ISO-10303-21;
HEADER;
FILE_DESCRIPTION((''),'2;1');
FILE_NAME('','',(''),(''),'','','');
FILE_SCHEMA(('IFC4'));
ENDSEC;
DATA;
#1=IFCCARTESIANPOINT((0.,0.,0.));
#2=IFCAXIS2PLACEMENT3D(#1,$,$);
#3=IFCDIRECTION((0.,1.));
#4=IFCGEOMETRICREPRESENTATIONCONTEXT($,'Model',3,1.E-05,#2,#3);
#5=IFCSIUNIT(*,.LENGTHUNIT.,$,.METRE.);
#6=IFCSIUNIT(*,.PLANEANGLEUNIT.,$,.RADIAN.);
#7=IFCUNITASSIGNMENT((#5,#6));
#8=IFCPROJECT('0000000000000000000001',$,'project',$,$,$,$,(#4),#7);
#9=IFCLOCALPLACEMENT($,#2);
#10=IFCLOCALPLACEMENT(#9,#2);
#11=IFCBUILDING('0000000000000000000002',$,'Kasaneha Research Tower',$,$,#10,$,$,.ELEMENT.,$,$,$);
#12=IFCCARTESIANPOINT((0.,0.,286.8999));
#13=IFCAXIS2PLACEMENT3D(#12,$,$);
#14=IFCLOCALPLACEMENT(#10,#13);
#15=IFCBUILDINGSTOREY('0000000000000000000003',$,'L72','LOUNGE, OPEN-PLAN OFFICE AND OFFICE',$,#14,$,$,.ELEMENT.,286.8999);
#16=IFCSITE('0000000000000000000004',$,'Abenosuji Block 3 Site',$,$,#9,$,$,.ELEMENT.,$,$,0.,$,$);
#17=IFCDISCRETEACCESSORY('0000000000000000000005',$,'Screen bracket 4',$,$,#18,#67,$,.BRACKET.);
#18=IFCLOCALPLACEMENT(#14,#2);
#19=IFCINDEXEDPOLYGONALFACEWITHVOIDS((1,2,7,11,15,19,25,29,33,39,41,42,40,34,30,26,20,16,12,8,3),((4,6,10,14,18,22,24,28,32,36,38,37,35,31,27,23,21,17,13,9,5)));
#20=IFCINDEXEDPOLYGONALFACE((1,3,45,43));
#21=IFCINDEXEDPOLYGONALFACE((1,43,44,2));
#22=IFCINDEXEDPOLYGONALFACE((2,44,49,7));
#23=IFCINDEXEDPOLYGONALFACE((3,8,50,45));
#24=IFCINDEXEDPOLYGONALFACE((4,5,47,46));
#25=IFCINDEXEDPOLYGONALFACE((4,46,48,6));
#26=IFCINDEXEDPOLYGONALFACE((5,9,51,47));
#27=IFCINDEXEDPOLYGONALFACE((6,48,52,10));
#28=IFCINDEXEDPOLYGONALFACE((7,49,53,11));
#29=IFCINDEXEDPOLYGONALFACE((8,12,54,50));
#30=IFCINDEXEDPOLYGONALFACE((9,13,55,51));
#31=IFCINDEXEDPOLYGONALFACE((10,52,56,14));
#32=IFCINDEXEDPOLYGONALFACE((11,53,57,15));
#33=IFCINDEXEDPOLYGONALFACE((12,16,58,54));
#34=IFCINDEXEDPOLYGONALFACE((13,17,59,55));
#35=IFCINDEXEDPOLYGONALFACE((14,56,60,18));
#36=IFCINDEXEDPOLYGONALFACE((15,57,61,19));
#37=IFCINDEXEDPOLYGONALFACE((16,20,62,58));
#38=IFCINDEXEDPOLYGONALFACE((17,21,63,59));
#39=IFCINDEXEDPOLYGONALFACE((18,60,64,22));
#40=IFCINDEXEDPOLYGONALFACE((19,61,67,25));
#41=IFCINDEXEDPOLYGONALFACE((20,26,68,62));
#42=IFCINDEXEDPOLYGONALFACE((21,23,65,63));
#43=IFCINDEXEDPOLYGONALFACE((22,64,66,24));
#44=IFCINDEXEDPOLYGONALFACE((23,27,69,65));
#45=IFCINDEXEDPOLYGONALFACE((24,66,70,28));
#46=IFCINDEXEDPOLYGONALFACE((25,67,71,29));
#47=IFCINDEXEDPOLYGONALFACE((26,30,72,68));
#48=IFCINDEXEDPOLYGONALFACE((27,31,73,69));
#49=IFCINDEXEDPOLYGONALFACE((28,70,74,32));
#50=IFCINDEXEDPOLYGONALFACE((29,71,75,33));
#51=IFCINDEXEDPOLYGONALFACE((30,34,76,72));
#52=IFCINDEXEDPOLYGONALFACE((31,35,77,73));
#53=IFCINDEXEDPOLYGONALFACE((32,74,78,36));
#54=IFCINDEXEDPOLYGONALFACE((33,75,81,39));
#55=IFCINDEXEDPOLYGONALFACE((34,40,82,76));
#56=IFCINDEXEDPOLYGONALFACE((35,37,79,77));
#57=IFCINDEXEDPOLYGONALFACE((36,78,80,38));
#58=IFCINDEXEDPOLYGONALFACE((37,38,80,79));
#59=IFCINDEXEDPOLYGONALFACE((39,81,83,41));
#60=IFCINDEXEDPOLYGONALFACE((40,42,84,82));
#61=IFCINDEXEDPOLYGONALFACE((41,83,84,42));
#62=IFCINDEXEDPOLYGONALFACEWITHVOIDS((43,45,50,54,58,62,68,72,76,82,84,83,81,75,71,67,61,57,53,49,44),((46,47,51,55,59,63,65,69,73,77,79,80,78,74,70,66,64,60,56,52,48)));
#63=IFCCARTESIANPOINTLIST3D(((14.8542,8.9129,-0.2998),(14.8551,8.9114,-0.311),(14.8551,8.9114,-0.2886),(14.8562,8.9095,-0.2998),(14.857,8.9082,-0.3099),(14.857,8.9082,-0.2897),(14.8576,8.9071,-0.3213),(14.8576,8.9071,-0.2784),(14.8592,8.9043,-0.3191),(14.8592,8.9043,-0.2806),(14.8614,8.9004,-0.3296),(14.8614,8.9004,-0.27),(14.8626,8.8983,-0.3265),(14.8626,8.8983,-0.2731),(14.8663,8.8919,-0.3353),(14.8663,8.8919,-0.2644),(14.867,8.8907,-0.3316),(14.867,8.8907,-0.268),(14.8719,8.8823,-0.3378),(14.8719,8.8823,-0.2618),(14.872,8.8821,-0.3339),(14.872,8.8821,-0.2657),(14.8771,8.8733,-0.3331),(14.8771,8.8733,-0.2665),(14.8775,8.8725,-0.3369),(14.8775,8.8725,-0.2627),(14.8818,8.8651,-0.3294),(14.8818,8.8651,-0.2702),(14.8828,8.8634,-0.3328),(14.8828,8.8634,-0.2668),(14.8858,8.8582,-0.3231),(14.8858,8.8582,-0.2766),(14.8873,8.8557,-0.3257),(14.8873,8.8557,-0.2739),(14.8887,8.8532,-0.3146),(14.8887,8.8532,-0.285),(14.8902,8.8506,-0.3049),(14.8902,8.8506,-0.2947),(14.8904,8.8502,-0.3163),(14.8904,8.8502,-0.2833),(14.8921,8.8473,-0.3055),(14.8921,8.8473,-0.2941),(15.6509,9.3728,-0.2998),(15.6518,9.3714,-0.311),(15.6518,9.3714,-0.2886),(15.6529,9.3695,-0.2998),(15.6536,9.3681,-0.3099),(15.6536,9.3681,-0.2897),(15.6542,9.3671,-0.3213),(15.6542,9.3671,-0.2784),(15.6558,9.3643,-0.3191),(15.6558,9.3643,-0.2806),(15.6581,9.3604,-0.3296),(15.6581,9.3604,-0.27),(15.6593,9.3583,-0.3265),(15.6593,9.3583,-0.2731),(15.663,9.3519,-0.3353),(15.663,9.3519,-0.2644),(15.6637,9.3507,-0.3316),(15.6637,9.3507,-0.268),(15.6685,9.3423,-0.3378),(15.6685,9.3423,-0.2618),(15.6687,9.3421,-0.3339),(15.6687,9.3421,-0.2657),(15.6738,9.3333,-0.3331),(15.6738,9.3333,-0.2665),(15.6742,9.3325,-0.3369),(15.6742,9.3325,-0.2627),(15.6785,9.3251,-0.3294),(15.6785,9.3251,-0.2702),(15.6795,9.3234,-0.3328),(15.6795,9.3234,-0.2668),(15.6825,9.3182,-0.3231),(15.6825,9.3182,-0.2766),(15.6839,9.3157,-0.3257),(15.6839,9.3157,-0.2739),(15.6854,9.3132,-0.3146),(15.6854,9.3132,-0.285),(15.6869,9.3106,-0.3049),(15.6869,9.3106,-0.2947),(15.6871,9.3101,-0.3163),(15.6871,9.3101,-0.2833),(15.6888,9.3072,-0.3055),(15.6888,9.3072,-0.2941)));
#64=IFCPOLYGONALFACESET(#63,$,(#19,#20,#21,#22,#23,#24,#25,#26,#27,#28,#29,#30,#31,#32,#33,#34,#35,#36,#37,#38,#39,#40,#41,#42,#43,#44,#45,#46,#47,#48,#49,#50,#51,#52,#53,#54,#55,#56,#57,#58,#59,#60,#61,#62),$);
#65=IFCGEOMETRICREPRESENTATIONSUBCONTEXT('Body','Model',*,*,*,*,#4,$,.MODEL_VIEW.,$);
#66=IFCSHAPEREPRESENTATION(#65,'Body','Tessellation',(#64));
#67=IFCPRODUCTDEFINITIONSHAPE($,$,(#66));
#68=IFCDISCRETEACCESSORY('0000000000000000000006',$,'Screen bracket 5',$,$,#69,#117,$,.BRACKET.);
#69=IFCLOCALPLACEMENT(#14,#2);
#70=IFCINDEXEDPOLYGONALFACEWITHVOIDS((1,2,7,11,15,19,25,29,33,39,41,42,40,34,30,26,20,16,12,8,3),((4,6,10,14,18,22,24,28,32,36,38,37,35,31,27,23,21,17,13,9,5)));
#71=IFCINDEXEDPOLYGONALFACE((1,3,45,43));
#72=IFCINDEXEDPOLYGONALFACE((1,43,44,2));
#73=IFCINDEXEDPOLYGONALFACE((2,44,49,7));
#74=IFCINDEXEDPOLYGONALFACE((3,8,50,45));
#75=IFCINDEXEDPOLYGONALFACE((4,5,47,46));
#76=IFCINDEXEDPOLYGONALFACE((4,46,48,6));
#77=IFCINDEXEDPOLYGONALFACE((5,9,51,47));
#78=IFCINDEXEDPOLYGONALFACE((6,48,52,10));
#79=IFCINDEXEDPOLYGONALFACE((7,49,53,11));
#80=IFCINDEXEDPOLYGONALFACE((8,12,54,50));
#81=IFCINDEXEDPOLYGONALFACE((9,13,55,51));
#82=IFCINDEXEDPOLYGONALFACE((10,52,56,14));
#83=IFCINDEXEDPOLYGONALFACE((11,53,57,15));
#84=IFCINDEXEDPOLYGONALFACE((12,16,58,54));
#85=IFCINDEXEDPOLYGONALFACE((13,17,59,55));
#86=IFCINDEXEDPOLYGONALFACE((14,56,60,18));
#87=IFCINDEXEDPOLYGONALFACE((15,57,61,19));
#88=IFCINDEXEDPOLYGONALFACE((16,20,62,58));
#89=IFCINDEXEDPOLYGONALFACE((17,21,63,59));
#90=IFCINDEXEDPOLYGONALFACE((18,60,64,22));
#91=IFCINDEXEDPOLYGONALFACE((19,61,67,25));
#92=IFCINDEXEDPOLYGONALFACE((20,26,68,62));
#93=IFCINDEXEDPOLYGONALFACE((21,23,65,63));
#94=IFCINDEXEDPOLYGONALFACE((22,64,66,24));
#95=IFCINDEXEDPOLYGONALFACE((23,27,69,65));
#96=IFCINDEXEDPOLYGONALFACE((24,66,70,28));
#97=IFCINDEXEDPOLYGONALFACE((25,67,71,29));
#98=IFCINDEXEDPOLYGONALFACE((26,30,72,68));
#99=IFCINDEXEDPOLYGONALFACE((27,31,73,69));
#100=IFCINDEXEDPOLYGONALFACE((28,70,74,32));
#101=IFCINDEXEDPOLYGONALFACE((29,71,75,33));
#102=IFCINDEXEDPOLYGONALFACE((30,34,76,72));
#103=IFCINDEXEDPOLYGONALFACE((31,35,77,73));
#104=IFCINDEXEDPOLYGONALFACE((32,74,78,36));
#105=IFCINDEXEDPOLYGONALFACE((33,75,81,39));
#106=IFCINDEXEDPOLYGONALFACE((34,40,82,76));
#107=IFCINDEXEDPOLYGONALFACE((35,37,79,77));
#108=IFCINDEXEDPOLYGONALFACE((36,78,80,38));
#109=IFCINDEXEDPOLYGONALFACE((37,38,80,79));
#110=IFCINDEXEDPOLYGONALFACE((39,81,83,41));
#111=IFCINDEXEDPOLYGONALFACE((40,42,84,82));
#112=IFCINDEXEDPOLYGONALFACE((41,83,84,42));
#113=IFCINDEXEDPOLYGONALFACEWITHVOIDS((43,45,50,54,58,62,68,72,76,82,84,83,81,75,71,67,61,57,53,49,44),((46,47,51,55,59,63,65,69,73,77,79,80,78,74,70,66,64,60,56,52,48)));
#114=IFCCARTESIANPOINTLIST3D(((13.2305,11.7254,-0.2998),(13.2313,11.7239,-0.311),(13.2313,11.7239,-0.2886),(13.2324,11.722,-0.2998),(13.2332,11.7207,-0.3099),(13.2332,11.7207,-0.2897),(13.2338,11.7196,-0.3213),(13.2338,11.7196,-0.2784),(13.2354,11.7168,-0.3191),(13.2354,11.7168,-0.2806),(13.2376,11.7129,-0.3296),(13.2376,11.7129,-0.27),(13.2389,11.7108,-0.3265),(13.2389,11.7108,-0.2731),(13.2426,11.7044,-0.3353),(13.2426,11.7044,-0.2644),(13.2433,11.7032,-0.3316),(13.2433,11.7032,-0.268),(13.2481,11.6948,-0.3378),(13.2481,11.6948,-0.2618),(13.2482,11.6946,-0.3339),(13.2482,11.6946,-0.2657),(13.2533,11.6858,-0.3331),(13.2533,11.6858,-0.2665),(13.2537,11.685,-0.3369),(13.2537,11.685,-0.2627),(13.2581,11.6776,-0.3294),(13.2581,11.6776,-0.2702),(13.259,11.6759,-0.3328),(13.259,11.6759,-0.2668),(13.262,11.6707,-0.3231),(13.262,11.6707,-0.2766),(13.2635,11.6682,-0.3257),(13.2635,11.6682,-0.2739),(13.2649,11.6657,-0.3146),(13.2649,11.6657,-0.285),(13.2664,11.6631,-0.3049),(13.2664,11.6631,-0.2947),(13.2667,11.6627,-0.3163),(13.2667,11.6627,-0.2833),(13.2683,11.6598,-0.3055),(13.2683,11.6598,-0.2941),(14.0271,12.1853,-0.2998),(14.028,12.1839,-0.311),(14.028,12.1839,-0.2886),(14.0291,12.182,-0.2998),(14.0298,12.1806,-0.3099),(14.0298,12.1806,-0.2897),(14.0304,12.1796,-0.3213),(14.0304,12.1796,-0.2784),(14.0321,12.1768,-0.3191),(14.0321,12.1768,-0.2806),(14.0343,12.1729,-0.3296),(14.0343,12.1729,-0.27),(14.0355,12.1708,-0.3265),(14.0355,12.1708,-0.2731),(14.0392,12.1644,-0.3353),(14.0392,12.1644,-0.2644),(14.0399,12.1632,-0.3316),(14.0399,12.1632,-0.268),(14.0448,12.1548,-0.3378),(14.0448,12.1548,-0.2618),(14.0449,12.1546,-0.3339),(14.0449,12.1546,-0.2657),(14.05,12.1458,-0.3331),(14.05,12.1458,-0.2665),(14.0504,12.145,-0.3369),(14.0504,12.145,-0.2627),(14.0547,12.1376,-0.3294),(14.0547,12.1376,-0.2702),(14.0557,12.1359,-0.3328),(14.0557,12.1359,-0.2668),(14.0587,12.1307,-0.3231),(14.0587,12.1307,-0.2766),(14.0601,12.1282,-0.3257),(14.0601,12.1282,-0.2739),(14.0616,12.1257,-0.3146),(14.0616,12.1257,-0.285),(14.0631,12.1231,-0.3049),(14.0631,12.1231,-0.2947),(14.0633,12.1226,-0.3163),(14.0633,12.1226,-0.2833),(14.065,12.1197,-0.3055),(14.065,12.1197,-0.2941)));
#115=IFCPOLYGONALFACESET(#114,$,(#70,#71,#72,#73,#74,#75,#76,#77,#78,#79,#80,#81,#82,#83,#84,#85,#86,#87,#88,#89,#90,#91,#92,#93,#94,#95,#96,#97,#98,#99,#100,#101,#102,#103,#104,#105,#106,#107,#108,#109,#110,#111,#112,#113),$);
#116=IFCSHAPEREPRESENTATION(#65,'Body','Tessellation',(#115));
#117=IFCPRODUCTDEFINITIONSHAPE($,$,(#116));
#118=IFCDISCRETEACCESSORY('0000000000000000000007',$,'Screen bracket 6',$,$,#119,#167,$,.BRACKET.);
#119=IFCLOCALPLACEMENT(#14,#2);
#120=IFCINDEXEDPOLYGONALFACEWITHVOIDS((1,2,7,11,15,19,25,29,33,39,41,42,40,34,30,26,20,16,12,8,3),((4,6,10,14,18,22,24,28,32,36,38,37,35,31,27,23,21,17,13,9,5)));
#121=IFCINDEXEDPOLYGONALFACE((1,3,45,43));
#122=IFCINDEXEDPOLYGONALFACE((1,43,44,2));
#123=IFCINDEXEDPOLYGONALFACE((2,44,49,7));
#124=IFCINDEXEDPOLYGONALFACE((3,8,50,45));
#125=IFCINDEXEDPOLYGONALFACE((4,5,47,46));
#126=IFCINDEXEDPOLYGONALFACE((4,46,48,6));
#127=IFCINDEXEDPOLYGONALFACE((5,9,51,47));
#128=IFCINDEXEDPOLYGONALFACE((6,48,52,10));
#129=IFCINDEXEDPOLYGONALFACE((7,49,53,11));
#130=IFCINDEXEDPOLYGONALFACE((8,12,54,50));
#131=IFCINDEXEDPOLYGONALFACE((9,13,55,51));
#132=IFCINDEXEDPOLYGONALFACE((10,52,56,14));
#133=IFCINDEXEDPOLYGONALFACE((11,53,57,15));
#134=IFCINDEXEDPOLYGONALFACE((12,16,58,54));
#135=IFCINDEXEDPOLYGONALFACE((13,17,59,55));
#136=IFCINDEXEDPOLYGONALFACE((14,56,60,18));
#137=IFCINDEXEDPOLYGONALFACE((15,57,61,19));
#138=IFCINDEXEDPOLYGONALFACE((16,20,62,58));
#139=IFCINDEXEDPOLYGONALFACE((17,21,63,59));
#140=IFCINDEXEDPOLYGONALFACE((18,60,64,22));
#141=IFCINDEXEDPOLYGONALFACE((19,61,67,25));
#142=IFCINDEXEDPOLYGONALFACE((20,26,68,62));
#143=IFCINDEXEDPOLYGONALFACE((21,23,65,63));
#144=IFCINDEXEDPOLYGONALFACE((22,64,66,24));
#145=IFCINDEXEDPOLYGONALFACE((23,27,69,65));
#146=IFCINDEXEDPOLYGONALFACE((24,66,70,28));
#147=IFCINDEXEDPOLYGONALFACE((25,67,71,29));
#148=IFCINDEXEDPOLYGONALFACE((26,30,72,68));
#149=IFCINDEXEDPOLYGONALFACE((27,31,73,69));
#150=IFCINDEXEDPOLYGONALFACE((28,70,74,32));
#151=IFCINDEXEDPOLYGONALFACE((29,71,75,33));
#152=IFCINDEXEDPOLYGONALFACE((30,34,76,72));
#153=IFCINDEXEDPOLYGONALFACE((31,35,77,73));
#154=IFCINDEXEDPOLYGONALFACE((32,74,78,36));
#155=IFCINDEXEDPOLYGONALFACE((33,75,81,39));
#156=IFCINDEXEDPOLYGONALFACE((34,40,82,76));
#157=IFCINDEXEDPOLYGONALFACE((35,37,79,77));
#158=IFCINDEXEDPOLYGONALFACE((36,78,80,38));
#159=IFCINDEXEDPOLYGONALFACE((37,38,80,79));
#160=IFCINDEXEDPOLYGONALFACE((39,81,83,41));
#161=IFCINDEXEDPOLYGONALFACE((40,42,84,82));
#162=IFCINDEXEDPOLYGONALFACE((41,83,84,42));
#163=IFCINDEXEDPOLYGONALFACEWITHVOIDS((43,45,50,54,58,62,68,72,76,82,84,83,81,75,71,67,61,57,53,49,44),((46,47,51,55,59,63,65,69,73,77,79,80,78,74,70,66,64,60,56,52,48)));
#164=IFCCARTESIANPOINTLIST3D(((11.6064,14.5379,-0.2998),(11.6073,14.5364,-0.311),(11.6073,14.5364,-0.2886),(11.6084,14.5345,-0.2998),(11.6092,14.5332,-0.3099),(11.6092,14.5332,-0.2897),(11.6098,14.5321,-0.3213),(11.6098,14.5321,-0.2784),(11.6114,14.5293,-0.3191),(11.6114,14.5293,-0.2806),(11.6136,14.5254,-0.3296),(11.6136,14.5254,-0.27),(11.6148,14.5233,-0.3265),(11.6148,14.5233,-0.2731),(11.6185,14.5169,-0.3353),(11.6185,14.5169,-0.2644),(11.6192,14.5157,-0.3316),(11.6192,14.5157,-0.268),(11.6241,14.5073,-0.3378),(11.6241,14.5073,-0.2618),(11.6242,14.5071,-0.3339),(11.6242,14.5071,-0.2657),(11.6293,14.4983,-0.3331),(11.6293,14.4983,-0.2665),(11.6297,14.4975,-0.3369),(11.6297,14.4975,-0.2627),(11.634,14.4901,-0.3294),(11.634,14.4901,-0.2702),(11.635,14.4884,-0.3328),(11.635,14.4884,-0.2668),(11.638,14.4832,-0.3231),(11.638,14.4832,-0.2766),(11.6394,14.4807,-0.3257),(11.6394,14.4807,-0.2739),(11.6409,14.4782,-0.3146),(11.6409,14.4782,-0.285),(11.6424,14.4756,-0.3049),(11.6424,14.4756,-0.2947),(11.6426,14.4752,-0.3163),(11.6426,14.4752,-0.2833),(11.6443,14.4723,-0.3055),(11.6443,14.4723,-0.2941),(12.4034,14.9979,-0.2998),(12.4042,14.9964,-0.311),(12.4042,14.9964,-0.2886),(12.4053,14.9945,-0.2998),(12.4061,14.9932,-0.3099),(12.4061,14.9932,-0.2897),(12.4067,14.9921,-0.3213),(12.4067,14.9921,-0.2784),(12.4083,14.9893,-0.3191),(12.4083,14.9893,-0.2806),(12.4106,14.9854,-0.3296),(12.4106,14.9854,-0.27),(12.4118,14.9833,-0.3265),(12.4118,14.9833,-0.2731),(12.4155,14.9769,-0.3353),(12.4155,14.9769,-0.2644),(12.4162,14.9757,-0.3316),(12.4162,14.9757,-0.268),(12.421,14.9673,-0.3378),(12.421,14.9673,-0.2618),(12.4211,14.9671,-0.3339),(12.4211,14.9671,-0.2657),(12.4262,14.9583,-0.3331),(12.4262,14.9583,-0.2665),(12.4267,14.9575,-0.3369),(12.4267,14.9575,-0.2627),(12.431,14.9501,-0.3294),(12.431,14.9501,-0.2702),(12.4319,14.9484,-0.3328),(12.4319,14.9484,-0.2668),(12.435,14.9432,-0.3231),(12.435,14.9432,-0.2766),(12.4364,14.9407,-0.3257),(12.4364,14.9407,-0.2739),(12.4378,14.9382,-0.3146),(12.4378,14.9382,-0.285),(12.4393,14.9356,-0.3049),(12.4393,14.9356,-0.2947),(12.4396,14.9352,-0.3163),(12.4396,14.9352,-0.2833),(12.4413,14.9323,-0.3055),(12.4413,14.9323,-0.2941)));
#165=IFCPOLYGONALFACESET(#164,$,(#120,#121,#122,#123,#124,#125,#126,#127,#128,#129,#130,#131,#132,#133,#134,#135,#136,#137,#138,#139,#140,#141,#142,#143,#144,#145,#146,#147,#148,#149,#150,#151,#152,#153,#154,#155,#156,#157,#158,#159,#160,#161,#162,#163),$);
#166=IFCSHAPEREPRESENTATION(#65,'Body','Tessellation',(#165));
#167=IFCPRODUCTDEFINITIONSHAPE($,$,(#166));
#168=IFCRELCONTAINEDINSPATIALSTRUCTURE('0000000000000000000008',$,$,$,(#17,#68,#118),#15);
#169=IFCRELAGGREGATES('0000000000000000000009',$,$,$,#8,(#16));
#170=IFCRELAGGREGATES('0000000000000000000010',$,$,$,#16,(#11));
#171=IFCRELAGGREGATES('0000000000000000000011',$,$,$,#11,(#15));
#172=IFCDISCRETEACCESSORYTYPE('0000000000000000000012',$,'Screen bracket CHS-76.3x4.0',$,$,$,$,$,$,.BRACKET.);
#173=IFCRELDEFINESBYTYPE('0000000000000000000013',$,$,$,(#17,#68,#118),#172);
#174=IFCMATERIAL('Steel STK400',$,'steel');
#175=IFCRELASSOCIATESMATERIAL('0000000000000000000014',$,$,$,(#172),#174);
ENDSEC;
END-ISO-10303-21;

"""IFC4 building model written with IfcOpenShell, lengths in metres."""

from ifc_helpers import new_model, si_unit, direction, frame, origin, origin_2d, place, context, subcontext, project, spatial, hollow_circle, extrude, material, material_profile, profile_set, type_object, element, save


model = new_model("IFC4")

# Units and contexts
model_context = context("Model", 3, precision=1e-05, world=origin(), true_north=direction((0.0, 1.0)))
body_context = subcontext(model_context, "Body", "Model", "MODEL_VIEW")
ifc_project = project(units=[si_unit("LENGTHUNIT", "METRE"), si_unit("PLANEANGLEUNIT", "RADIAN")], contexts=[model_context])

# Site, building, storey
site_placement = place(None, origin())
site = spatial("IfcSite", under=ifc_project, at=site_placement, Name="Abenosuji Block 3 Site", CompositionType="ELEMENT", RefElevation=0.0)
building_placement = place(site_placement, origin())
building = spatial("IfcBuilding", under=site, at=building_placement, Name="Kasaneha Research Tower", CompositionType="ELEMENT")
storey_placement = place(building_placement, frame((0.0, 0.0, 286.8999)))
storey = spatial("IfcBuildingStorey", under=building, at=storey_placement, Name="L72", Description="LOUNGE, OPEN-PLAN OFFICE AND OFFICE", CompositionType="ELEMENT", Elevation=286.8999)

# Discrete accessories
ifc_material_1 = material(Name="Steel STK400", Category="steel")
ifc_material_profile_1 = material_profile(ifc_material_1, hollow_circle(Radius=0.0381, WallThickness=0.0039, at=origin_2d()), Name="CHS-76.3x4.0")
ifc_profile_set_1 = profile_set([ifc_material_profile_1], Name="Steel STK400")
discrete_accessory_type = type_object("IfcDiscreteAccessoryType", Name="Screen bracket CHS-76.3x4.0", PredefinedType="BRACKET", material=ifc_profile_set_1)
for number, where, z_axis, x_axis, name in (
    (1, (14.8733, 8.8799, -0.2998), (0.866013, 0.500021, 0.0), (-0.500021, 0.866013, 0.0), "Screen bracket 4"),
    (2, (13.2495, 11.6924, -0.2998), (0.866013, 0.500021, 0.0), (-0.500021, 0.866013, 0.0), "Screen bracket 5"),
):
    element("IfcDiscreteAccessory", number, at=place(storey_placement, frame(where, z_axis=z_axis, x_axis=x_axis)), inside=storey, type_object=discrete_accessory_type, Name=name, PredefinedType="BRACKET", context=body_context, shape_type="SweptSolid", body=[
        extrude(hollow_circle(Radius=0.0381, WallThickness=0.0039, at=origin_2d()), origin(), (0.0, 0.0, 1.0), 0.9199),
    ])
discrete_accessory_placement = place(storey_placement, frame((11.6255, 14.5049, -0.2998), z_axis=(0.86608, 0.499906, 0.0), x_axis=(-0.499906, 0.86608, 0.0)))
element("IfcDiscreteAccessory", 3, at=discrete_accessory_placement, inside=storey, type_object=discrete_accessory_type, Name="Screen bracket 6", PredefinedType="BRACKET", context=body_context, shape_type="SweptSolid", body=[
    extrude(hollow_circle(Radius=0.0381, WallThickness=0.0039, at=origin_2d()), origin(), (0.0, 0.0, 1.0), 0.9202),
])

save(model, "model.ifc")
